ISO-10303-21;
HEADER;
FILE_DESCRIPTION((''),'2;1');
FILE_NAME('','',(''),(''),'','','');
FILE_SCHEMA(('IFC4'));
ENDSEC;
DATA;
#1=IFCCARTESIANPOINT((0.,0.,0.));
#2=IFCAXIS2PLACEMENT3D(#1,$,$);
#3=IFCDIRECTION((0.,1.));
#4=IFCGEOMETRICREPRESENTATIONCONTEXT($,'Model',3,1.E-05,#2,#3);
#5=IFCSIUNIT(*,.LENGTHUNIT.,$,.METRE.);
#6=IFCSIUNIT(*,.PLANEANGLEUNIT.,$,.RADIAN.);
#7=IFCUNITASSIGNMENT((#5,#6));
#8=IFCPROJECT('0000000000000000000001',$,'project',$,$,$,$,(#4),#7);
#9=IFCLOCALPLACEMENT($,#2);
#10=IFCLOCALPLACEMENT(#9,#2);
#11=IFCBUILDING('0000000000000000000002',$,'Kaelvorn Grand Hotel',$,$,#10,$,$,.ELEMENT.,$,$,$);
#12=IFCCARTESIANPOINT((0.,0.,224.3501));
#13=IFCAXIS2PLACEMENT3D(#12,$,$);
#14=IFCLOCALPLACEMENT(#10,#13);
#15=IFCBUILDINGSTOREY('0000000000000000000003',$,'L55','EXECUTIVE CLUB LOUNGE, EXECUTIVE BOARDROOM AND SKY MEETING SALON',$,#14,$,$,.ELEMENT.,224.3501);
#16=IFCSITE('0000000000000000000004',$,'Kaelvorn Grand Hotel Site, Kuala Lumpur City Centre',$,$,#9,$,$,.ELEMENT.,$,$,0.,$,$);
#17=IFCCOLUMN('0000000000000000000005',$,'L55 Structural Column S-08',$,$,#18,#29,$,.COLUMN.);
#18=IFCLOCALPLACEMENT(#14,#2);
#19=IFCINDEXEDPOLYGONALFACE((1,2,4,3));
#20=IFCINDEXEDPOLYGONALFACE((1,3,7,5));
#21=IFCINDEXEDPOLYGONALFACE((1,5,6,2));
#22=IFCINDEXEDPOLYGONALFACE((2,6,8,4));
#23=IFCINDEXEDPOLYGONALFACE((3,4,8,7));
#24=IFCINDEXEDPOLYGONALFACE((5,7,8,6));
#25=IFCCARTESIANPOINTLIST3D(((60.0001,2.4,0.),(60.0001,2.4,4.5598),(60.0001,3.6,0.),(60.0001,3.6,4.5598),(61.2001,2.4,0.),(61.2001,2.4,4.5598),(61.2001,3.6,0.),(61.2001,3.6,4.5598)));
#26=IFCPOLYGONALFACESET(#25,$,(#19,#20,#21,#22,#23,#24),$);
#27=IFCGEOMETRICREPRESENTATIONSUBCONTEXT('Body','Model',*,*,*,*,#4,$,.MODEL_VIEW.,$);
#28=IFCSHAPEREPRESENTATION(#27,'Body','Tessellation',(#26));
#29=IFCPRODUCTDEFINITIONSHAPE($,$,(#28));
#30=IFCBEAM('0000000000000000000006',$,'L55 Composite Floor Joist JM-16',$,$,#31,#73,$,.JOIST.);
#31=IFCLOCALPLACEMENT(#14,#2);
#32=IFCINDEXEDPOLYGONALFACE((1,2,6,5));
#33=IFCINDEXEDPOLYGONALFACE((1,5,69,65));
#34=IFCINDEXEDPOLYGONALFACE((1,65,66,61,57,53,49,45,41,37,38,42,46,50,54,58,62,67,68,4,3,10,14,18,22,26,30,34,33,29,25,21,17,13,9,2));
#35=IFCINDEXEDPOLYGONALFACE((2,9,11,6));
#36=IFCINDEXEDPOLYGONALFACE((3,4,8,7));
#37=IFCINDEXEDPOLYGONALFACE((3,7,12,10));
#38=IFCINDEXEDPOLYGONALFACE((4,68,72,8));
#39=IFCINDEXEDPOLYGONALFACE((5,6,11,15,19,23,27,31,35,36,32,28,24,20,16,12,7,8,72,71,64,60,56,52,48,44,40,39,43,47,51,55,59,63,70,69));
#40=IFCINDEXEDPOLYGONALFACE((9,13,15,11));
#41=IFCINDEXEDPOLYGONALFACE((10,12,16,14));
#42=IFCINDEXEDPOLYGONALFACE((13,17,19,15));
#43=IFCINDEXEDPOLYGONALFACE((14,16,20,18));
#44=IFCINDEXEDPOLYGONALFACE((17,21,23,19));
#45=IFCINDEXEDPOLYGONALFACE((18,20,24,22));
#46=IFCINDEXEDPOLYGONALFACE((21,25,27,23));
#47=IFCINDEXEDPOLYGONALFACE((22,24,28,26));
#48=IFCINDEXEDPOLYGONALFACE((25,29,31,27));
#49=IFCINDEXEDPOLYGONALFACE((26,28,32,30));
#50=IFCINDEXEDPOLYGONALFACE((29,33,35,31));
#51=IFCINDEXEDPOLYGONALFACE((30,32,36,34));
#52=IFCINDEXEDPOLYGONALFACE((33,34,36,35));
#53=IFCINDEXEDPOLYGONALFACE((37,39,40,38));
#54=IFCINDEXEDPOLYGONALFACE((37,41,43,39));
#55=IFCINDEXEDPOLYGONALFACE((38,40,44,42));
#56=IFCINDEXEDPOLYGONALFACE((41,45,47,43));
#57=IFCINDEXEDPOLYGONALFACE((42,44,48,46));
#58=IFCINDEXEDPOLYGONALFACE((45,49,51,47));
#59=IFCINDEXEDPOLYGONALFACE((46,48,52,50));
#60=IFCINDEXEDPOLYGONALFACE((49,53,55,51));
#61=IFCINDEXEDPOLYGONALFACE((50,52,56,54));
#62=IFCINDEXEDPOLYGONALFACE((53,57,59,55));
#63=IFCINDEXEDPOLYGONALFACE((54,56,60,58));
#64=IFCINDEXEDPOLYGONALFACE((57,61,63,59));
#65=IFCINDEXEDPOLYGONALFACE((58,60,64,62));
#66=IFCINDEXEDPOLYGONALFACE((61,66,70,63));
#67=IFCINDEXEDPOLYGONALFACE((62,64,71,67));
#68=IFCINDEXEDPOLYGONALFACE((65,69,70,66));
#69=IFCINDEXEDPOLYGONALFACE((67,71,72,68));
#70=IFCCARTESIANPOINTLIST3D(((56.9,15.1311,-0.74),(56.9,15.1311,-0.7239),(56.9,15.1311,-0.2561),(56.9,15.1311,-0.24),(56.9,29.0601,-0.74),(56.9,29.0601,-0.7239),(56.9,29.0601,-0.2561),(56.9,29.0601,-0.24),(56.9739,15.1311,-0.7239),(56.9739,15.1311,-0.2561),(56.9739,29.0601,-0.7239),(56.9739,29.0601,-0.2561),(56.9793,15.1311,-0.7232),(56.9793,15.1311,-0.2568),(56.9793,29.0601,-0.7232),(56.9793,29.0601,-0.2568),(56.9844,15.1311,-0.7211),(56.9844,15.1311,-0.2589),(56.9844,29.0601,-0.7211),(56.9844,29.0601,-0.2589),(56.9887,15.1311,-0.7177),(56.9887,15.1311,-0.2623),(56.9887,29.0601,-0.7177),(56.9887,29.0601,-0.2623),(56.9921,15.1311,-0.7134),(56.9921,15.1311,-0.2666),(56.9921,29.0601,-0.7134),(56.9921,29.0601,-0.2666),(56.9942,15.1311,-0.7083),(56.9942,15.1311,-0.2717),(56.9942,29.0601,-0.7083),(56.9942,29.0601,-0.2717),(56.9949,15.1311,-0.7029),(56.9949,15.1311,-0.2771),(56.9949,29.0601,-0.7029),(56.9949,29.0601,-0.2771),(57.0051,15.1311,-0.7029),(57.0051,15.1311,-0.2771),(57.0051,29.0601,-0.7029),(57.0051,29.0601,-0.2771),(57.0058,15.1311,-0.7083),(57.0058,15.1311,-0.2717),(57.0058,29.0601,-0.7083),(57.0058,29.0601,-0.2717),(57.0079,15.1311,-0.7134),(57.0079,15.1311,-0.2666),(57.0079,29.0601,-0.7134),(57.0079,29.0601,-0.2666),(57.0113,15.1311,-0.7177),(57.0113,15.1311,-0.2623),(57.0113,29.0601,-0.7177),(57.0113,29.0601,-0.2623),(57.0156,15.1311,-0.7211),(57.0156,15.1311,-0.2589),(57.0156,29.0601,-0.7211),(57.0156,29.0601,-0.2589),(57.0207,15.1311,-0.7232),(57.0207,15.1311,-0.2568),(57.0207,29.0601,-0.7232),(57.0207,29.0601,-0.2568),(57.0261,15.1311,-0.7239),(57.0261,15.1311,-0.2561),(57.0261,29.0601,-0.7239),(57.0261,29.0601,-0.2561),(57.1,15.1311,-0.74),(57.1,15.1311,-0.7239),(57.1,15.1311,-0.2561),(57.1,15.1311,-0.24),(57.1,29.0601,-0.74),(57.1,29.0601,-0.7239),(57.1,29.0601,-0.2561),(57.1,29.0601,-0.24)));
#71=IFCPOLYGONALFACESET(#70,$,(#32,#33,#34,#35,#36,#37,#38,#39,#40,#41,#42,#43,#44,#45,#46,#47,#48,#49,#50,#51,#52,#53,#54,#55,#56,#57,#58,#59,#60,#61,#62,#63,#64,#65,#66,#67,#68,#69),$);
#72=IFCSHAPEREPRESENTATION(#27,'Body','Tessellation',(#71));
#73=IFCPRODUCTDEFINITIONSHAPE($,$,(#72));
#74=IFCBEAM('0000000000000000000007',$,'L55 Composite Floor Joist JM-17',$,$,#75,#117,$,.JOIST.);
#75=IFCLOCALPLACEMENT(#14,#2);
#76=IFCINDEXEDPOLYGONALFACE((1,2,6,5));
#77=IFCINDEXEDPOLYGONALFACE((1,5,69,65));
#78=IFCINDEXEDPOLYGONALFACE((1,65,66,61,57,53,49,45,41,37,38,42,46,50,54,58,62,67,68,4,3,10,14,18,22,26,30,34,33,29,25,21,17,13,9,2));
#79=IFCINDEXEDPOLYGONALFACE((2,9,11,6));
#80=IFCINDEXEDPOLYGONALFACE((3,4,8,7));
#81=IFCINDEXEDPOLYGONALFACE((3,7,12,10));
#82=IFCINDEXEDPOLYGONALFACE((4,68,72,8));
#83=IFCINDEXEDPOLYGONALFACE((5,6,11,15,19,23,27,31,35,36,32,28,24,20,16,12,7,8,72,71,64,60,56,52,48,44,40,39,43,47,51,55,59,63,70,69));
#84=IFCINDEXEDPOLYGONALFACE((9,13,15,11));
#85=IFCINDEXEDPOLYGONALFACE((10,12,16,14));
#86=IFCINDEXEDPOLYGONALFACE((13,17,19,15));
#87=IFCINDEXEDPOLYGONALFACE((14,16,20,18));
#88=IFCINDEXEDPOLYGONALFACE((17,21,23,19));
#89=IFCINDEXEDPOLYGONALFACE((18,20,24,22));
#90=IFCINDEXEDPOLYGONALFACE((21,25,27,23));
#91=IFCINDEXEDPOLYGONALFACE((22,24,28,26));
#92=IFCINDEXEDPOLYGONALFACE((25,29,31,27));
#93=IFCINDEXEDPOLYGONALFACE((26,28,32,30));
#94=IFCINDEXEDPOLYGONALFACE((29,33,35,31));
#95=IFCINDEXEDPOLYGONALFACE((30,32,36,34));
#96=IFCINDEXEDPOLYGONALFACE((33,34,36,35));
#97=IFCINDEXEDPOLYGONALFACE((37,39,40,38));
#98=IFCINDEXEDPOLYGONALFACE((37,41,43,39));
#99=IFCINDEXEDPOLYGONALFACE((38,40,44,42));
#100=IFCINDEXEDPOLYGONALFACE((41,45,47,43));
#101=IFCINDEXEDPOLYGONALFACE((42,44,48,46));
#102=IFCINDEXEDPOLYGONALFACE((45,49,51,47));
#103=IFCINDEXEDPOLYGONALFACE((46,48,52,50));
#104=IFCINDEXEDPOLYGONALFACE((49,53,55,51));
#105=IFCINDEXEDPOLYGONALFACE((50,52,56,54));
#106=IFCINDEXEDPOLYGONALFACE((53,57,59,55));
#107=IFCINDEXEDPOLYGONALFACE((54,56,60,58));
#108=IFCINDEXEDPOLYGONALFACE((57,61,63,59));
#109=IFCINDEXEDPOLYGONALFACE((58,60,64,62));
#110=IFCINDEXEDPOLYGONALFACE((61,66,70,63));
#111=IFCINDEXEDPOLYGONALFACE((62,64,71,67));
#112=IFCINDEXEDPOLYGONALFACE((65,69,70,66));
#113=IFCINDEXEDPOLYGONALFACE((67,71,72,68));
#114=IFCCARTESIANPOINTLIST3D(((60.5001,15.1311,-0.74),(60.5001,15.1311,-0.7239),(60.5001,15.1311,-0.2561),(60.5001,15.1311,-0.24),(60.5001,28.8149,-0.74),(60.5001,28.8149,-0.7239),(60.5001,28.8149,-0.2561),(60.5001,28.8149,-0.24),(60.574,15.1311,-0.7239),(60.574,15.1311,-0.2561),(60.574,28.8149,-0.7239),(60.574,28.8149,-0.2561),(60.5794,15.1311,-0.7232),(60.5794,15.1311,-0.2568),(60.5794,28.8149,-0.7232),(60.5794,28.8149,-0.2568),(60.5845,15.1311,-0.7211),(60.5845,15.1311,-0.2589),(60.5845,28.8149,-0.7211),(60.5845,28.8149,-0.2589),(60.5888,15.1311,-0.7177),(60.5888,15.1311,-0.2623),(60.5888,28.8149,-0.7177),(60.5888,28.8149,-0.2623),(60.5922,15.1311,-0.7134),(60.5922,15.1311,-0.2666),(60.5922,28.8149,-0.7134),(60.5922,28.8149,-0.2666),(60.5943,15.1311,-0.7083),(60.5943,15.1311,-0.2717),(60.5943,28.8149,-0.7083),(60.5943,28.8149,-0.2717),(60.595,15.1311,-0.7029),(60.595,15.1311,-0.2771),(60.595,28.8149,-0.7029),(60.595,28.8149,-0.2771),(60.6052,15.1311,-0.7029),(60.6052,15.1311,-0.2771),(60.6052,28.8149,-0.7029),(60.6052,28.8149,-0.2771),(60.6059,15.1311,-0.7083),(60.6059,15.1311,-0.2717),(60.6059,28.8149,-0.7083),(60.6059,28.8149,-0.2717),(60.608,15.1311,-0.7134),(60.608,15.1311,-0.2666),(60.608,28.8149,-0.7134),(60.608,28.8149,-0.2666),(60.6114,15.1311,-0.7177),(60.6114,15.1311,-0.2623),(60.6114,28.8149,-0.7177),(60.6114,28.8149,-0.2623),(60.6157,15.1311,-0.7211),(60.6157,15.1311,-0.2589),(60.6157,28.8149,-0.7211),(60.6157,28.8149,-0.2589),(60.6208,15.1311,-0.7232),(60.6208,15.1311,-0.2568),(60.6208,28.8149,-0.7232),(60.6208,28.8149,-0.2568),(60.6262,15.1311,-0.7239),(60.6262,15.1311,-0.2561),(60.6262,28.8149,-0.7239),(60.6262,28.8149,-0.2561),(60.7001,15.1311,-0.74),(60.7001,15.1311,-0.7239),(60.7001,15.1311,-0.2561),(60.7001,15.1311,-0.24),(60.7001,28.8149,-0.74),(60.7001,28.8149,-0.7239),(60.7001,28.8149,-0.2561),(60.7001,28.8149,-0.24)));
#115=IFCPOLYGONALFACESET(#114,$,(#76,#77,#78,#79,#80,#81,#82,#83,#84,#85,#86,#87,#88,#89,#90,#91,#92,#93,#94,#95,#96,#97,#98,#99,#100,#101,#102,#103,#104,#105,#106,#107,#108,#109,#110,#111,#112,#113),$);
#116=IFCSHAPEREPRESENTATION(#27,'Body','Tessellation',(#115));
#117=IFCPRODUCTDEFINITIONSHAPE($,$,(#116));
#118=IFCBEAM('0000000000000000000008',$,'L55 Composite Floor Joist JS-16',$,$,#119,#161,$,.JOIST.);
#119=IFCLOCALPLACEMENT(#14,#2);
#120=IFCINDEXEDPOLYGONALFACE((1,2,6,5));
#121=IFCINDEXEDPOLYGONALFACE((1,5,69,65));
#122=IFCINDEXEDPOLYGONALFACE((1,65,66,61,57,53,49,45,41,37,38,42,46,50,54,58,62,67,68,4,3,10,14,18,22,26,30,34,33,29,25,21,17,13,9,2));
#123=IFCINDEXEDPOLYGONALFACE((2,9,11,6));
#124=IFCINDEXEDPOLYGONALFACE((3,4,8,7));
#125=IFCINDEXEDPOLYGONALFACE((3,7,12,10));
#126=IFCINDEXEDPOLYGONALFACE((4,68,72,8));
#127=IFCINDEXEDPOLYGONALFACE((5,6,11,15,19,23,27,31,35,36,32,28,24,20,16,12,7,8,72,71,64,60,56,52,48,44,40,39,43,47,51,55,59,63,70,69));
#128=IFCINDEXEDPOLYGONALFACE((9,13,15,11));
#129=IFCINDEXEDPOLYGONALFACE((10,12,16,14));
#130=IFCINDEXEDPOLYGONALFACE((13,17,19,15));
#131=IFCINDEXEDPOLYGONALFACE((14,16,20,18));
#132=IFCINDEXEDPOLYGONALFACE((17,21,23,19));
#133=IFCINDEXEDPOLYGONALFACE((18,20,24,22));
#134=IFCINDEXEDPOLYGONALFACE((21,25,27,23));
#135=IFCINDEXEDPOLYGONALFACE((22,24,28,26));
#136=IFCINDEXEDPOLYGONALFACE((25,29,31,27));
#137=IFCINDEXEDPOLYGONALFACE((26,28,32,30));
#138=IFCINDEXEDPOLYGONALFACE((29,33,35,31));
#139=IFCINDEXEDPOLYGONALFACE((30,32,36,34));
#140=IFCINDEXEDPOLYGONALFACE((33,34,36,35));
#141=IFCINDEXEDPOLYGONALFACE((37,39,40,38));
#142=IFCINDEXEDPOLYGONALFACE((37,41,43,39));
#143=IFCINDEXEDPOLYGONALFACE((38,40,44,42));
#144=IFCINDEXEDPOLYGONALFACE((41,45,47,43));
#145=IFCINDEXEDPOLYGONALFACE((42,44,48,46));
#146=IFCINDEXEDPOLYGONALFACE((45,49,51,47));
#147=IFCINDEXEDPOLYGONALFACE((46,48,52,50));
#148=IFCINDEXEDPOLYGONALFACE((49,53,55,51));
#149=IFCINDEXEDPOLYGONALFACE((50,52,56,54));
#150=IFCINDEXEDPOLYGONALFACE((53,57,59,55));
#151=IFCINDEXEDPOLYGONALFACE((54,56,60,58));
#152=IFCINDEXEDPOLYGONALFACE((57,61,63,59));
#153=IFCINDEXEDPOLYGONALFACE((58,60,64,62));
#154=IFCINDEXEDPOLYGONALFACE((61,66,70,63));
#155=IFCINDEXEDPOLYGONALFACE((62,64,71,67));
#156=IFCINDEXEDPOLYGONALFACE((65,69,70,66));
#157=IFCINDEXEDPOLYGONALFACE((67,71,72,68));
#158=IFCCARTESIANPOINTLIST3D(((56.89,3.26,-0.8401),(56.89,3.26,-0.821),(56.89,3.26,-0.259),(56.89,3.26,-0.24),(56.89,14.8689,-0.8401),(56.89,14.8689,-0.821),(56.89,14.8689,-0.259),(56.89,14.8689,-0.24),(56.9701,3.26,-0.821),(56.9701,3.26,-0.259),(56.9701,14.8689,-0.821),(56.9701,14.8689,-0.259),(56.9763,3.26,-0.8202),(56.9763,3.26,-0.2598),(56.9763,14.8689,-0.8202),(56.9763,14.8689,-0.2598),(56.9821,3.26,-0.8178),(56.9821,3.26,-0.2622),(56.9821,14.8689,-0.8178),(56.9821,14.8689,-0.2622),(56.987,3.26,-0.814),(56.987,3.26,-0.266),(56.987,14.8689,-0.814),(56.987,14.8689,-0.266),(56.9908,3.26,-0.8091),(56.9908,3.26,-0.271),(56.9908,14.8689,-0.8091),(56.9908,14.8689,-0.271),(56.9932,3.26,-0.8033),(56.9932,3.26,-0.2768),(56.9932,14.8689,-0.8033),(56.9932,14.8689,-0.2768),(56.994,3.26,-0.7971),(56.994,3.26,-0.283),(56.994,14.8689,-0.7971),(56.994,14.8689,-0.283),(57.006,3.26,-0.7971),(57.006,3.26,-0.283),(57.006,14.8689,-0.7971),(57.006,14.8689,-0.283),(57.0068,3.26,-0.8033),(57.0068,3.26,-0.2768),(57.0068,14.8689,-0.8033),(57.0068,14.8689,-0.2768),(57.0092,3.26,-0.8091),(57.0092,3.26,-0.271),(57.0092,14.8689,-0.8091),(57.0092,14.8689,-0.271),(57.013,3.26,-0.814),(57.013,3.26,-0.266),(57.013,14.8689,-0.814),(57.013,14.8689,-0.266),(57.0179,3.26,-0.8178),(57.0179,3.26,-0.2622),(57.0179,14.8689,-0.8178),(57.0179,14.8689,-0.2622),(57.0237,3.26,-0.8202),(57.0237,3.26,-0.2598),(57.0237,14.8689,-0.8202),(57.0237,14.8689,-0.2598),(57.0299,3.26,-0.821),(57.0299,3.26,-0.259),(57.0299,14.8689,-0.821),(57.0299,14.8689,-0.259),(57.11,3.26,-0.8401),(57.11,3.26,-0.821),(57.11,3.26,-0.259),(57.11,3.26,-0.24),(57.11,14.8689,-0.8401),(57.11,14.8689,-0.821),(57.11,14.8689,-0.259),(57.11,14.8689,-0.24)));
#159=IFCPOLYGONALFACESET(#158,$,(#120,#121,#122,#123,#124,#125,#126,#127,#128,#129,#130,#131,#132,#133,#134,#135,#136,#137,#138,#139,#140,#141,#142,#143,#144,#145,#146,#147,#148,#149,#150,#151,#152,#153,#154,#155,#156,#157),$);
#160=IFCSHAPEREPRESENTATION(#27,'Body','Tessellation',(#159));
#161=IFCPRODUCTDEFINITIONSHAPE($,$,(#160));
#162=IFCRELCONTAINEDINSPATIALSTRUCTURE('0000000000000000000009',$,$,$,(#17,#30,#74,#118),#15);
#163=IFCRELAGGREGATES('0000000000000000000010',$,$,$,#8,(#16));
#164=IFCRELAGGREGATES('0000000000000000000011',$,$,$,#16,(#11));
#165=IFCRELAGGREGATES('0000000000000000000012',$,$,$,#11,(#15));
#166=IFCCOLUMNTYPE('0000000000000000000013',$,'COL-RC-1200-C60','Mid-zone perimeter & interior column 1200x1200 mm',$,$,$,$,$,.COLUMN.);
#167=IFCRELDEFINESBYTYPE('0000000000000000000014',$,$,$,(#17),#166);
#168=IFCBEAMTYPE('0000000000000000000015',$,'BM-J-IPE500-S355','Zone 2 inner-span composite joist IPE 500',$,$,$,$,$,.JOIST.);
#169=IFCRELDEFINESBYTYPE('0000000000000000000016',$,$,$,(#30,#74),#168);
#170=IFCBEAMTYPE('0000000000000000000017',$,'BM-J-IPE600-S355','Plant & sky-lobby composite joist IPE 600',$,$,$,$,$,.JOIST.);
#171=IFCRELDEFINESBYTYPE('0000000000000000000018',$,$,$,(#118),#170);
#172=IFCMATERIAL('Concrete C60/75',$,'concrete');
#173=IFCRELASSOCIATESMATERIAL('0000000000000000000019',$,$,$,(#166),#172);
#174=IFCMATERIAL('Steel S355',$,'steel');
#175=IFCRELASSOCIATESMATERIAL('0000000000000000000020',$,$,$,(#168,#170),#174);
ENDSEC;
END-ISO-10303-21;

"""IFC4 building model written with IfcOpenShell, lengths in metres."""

from ifc_helpers import new_model, si_unit, direction, frame, origin, origin_2d, place, context, subcontext, project, spatial, rectangle, i_section, extrude, material, material_profile, profile_set, type_object, element, save


model = new_model("IFC4")

# Units and contexts
model_context = context("Model", 3, precision=1e-05, world=origin(), true_north=direction((0.0, 1.0)))
body_context = subcontext(model_context, "Body", "Model", "MODEL_VIEW")
ifc_project = project(units=[si_unit("LENGTHUNIT", "METRE"), si_unit("PLANEANGLEUNIT", "RADIAN")], contexts=[model_context])

# Site, building, storey
site_placement = place(None, origin())
site = spatial("IfcSite", under=ifc_project, at=site_placement, Name="Kaelvorn Grand Hotel Site, Kuala Lumpur City Centre", CompositionType="ELEMENT", RefElevation=0.0)
building_placement = place(site_placement, origin())
building = spatial("IfcBuilding", under=site, at=building_placement, Name="Kaelvorn Grand Hotel", CompositionType="ELEMENT")
storey_placement = place(building_placement, frame((0.0, 0.0, 224.3501)))
storey = spatial("IfcBuildingStorey", under=building, at=storey_placement, Name="L55", Description="EXECUTIVE CLUB LOUNGE, EXECUTIVE BOARDROOM AND SKY MEETING SALON", CompositionType="ELEMENT", Elevation=224.3501)

# Column
ifc_material_1 = material(Name="Concrete C60/75", Category="concrete")
ifc_material_profile_1 = material_profile(ifc_material_1, rectangle(XDim=1.2, YDim=1.2, at=origin_2d()), Name="RC COL 1200x1200")
ifc_profile_set_1 = profile_set([ifc_material_profile_1], Name="Concrete C60/75")
column_type = type_object("IfcColumnType", Name="COL-RC-1200-C60", Description="Mid-zone perimeter & interior column 1200x1200 mm", PredefinedType="COLUMN", material=ifc_profile_set_1)
column_placement = place(storey_placement, frame((60.6001, 3.0, 0.0), z_axis=(0.0, 0.0, 1.0), x_axis=(1.0, 0.0, 0.0)))
element("IfcColumn", 1, at=column_placement, inside=storey, type_object=column_type, Name="L55 Structural Column S-08", PredefinedType="COLUMN", context=body_context, shape_type="SweptSolid", body=[
    extrude(rectangle(XDim=1.2, YDim=1.2, at=origin_2d()), origin(), (0.0, 0.0, 1.0), 4.5598),
])

# Beams
ifc_material_2 = material(Name="Steel S355", Category="steel")
ifc_material_profile_2 = material_profile(ifc_material_2, i_section(OverallWidth=0.2, OverallDepth=0.5, WebThickness=0.0103, FlangeThickness=0.0161, FilletRadius=0.021, at=origin_2d()), Name="IPE 500")
ifc_profile_set_2 = profile_set([ifc_material_profile_2], Name="Steel S355")
beam_type_1 = type_object("IfcBeamType", Name="BM-J-IPE500-S355", Description="Zone 2 inner-span composite joist IPE 500", PredefinedType="JOIST", material=ifc_profile_set_2)
beam_1_placement = place(storey_placement, frame((57.0, 15.1311, -0.49), z_axis=(0.0, 1.0, 0.0), x_axis=(-1.0, 0.0, 0.0)))
element("IfcBeam", 2, at=beam_1_placement, inside=storey, type_object=beam_type_1, Name="L55 Composite Floor Joist JM-16", PredefinedType="JOIST", context=body_context, shape_type="SweptSolid", body=[
    extrude(i_section(OverallWidth=0.2, OverallDepth=0.5, WebThickness=0.0103, FlangeThickness=0.0161, FilletRadius=0.021, at=origin_2d()), origin(), (0.0, 0.0, 1.0), 13.929),
])
beam_2_placement = place(storey_placement, frame((60.6001, 15.1311, -0.49), z_axis=(0.0, 1.0, 0.0), x_axis=(-1.0, 0.0, 0.0)))
element("IfcBeam", 3, at=beam_2_placement, inside=storey, type_object=beam_type_1, Name="L55 Composite Floor Joist JM-17", PredefinedType="JOIST", context=body_context, shape_type="SweptSolid", body=[
    extrude(i_section(OverallWidth=0.2, OverallDepth=0.5, WebThickness=0.0103, FlangeThickness=0.0161, FilletRadius=0.021, at=origin_2d()), origin(), (0.0, 0.0, 1.0), 13.6838),
])
ifc_material_profile_3 = material_profile(ifc_material_2, i_section(OverallWidth=0.22, OverallDepth=0.6001, WebThickness=0.012, FlangeThickness=0.019, FilletRadius=0.0239, at=origin_2d()), Name="IPE 600")
ifc_profile_set_3 = profile_set([ifc_material_profile_3], Name="Steel S355")
beam_type_2 = type_object("IfcBeamType", Name="BM-J-IPE600-S355", Description="Plant & sky-lobby composite joist IPE 600", PredefinedType="JOIST", material=ifc_profile_set_3)
beam_3_placement = place(storey_placement, frame((57.0, 3.26, -0.54), z_axis=(0.0, 1.0, 0.0), x_axis=(-1.0, 0.0, 0.0)))
element("IfcBeam", 4, at=beam_3_placement, inside=storey, type_object=beam_type_2, Name="L55 Composite Floor Joist JS-16", PredefinedType="JOIST", context=body_context, shape_type="SweptSolid", body=[
    extrude(i_section(OverallWidth=0.22, OverallDepth=0.6001, WebThickness=0.012, FlangeThickness=0.019, FilletRadius=0.0239, at=origin_2d()), origin(), (0.0, 0.0, 1.0), 11.6089),
])

save(model, "model.ifc")
